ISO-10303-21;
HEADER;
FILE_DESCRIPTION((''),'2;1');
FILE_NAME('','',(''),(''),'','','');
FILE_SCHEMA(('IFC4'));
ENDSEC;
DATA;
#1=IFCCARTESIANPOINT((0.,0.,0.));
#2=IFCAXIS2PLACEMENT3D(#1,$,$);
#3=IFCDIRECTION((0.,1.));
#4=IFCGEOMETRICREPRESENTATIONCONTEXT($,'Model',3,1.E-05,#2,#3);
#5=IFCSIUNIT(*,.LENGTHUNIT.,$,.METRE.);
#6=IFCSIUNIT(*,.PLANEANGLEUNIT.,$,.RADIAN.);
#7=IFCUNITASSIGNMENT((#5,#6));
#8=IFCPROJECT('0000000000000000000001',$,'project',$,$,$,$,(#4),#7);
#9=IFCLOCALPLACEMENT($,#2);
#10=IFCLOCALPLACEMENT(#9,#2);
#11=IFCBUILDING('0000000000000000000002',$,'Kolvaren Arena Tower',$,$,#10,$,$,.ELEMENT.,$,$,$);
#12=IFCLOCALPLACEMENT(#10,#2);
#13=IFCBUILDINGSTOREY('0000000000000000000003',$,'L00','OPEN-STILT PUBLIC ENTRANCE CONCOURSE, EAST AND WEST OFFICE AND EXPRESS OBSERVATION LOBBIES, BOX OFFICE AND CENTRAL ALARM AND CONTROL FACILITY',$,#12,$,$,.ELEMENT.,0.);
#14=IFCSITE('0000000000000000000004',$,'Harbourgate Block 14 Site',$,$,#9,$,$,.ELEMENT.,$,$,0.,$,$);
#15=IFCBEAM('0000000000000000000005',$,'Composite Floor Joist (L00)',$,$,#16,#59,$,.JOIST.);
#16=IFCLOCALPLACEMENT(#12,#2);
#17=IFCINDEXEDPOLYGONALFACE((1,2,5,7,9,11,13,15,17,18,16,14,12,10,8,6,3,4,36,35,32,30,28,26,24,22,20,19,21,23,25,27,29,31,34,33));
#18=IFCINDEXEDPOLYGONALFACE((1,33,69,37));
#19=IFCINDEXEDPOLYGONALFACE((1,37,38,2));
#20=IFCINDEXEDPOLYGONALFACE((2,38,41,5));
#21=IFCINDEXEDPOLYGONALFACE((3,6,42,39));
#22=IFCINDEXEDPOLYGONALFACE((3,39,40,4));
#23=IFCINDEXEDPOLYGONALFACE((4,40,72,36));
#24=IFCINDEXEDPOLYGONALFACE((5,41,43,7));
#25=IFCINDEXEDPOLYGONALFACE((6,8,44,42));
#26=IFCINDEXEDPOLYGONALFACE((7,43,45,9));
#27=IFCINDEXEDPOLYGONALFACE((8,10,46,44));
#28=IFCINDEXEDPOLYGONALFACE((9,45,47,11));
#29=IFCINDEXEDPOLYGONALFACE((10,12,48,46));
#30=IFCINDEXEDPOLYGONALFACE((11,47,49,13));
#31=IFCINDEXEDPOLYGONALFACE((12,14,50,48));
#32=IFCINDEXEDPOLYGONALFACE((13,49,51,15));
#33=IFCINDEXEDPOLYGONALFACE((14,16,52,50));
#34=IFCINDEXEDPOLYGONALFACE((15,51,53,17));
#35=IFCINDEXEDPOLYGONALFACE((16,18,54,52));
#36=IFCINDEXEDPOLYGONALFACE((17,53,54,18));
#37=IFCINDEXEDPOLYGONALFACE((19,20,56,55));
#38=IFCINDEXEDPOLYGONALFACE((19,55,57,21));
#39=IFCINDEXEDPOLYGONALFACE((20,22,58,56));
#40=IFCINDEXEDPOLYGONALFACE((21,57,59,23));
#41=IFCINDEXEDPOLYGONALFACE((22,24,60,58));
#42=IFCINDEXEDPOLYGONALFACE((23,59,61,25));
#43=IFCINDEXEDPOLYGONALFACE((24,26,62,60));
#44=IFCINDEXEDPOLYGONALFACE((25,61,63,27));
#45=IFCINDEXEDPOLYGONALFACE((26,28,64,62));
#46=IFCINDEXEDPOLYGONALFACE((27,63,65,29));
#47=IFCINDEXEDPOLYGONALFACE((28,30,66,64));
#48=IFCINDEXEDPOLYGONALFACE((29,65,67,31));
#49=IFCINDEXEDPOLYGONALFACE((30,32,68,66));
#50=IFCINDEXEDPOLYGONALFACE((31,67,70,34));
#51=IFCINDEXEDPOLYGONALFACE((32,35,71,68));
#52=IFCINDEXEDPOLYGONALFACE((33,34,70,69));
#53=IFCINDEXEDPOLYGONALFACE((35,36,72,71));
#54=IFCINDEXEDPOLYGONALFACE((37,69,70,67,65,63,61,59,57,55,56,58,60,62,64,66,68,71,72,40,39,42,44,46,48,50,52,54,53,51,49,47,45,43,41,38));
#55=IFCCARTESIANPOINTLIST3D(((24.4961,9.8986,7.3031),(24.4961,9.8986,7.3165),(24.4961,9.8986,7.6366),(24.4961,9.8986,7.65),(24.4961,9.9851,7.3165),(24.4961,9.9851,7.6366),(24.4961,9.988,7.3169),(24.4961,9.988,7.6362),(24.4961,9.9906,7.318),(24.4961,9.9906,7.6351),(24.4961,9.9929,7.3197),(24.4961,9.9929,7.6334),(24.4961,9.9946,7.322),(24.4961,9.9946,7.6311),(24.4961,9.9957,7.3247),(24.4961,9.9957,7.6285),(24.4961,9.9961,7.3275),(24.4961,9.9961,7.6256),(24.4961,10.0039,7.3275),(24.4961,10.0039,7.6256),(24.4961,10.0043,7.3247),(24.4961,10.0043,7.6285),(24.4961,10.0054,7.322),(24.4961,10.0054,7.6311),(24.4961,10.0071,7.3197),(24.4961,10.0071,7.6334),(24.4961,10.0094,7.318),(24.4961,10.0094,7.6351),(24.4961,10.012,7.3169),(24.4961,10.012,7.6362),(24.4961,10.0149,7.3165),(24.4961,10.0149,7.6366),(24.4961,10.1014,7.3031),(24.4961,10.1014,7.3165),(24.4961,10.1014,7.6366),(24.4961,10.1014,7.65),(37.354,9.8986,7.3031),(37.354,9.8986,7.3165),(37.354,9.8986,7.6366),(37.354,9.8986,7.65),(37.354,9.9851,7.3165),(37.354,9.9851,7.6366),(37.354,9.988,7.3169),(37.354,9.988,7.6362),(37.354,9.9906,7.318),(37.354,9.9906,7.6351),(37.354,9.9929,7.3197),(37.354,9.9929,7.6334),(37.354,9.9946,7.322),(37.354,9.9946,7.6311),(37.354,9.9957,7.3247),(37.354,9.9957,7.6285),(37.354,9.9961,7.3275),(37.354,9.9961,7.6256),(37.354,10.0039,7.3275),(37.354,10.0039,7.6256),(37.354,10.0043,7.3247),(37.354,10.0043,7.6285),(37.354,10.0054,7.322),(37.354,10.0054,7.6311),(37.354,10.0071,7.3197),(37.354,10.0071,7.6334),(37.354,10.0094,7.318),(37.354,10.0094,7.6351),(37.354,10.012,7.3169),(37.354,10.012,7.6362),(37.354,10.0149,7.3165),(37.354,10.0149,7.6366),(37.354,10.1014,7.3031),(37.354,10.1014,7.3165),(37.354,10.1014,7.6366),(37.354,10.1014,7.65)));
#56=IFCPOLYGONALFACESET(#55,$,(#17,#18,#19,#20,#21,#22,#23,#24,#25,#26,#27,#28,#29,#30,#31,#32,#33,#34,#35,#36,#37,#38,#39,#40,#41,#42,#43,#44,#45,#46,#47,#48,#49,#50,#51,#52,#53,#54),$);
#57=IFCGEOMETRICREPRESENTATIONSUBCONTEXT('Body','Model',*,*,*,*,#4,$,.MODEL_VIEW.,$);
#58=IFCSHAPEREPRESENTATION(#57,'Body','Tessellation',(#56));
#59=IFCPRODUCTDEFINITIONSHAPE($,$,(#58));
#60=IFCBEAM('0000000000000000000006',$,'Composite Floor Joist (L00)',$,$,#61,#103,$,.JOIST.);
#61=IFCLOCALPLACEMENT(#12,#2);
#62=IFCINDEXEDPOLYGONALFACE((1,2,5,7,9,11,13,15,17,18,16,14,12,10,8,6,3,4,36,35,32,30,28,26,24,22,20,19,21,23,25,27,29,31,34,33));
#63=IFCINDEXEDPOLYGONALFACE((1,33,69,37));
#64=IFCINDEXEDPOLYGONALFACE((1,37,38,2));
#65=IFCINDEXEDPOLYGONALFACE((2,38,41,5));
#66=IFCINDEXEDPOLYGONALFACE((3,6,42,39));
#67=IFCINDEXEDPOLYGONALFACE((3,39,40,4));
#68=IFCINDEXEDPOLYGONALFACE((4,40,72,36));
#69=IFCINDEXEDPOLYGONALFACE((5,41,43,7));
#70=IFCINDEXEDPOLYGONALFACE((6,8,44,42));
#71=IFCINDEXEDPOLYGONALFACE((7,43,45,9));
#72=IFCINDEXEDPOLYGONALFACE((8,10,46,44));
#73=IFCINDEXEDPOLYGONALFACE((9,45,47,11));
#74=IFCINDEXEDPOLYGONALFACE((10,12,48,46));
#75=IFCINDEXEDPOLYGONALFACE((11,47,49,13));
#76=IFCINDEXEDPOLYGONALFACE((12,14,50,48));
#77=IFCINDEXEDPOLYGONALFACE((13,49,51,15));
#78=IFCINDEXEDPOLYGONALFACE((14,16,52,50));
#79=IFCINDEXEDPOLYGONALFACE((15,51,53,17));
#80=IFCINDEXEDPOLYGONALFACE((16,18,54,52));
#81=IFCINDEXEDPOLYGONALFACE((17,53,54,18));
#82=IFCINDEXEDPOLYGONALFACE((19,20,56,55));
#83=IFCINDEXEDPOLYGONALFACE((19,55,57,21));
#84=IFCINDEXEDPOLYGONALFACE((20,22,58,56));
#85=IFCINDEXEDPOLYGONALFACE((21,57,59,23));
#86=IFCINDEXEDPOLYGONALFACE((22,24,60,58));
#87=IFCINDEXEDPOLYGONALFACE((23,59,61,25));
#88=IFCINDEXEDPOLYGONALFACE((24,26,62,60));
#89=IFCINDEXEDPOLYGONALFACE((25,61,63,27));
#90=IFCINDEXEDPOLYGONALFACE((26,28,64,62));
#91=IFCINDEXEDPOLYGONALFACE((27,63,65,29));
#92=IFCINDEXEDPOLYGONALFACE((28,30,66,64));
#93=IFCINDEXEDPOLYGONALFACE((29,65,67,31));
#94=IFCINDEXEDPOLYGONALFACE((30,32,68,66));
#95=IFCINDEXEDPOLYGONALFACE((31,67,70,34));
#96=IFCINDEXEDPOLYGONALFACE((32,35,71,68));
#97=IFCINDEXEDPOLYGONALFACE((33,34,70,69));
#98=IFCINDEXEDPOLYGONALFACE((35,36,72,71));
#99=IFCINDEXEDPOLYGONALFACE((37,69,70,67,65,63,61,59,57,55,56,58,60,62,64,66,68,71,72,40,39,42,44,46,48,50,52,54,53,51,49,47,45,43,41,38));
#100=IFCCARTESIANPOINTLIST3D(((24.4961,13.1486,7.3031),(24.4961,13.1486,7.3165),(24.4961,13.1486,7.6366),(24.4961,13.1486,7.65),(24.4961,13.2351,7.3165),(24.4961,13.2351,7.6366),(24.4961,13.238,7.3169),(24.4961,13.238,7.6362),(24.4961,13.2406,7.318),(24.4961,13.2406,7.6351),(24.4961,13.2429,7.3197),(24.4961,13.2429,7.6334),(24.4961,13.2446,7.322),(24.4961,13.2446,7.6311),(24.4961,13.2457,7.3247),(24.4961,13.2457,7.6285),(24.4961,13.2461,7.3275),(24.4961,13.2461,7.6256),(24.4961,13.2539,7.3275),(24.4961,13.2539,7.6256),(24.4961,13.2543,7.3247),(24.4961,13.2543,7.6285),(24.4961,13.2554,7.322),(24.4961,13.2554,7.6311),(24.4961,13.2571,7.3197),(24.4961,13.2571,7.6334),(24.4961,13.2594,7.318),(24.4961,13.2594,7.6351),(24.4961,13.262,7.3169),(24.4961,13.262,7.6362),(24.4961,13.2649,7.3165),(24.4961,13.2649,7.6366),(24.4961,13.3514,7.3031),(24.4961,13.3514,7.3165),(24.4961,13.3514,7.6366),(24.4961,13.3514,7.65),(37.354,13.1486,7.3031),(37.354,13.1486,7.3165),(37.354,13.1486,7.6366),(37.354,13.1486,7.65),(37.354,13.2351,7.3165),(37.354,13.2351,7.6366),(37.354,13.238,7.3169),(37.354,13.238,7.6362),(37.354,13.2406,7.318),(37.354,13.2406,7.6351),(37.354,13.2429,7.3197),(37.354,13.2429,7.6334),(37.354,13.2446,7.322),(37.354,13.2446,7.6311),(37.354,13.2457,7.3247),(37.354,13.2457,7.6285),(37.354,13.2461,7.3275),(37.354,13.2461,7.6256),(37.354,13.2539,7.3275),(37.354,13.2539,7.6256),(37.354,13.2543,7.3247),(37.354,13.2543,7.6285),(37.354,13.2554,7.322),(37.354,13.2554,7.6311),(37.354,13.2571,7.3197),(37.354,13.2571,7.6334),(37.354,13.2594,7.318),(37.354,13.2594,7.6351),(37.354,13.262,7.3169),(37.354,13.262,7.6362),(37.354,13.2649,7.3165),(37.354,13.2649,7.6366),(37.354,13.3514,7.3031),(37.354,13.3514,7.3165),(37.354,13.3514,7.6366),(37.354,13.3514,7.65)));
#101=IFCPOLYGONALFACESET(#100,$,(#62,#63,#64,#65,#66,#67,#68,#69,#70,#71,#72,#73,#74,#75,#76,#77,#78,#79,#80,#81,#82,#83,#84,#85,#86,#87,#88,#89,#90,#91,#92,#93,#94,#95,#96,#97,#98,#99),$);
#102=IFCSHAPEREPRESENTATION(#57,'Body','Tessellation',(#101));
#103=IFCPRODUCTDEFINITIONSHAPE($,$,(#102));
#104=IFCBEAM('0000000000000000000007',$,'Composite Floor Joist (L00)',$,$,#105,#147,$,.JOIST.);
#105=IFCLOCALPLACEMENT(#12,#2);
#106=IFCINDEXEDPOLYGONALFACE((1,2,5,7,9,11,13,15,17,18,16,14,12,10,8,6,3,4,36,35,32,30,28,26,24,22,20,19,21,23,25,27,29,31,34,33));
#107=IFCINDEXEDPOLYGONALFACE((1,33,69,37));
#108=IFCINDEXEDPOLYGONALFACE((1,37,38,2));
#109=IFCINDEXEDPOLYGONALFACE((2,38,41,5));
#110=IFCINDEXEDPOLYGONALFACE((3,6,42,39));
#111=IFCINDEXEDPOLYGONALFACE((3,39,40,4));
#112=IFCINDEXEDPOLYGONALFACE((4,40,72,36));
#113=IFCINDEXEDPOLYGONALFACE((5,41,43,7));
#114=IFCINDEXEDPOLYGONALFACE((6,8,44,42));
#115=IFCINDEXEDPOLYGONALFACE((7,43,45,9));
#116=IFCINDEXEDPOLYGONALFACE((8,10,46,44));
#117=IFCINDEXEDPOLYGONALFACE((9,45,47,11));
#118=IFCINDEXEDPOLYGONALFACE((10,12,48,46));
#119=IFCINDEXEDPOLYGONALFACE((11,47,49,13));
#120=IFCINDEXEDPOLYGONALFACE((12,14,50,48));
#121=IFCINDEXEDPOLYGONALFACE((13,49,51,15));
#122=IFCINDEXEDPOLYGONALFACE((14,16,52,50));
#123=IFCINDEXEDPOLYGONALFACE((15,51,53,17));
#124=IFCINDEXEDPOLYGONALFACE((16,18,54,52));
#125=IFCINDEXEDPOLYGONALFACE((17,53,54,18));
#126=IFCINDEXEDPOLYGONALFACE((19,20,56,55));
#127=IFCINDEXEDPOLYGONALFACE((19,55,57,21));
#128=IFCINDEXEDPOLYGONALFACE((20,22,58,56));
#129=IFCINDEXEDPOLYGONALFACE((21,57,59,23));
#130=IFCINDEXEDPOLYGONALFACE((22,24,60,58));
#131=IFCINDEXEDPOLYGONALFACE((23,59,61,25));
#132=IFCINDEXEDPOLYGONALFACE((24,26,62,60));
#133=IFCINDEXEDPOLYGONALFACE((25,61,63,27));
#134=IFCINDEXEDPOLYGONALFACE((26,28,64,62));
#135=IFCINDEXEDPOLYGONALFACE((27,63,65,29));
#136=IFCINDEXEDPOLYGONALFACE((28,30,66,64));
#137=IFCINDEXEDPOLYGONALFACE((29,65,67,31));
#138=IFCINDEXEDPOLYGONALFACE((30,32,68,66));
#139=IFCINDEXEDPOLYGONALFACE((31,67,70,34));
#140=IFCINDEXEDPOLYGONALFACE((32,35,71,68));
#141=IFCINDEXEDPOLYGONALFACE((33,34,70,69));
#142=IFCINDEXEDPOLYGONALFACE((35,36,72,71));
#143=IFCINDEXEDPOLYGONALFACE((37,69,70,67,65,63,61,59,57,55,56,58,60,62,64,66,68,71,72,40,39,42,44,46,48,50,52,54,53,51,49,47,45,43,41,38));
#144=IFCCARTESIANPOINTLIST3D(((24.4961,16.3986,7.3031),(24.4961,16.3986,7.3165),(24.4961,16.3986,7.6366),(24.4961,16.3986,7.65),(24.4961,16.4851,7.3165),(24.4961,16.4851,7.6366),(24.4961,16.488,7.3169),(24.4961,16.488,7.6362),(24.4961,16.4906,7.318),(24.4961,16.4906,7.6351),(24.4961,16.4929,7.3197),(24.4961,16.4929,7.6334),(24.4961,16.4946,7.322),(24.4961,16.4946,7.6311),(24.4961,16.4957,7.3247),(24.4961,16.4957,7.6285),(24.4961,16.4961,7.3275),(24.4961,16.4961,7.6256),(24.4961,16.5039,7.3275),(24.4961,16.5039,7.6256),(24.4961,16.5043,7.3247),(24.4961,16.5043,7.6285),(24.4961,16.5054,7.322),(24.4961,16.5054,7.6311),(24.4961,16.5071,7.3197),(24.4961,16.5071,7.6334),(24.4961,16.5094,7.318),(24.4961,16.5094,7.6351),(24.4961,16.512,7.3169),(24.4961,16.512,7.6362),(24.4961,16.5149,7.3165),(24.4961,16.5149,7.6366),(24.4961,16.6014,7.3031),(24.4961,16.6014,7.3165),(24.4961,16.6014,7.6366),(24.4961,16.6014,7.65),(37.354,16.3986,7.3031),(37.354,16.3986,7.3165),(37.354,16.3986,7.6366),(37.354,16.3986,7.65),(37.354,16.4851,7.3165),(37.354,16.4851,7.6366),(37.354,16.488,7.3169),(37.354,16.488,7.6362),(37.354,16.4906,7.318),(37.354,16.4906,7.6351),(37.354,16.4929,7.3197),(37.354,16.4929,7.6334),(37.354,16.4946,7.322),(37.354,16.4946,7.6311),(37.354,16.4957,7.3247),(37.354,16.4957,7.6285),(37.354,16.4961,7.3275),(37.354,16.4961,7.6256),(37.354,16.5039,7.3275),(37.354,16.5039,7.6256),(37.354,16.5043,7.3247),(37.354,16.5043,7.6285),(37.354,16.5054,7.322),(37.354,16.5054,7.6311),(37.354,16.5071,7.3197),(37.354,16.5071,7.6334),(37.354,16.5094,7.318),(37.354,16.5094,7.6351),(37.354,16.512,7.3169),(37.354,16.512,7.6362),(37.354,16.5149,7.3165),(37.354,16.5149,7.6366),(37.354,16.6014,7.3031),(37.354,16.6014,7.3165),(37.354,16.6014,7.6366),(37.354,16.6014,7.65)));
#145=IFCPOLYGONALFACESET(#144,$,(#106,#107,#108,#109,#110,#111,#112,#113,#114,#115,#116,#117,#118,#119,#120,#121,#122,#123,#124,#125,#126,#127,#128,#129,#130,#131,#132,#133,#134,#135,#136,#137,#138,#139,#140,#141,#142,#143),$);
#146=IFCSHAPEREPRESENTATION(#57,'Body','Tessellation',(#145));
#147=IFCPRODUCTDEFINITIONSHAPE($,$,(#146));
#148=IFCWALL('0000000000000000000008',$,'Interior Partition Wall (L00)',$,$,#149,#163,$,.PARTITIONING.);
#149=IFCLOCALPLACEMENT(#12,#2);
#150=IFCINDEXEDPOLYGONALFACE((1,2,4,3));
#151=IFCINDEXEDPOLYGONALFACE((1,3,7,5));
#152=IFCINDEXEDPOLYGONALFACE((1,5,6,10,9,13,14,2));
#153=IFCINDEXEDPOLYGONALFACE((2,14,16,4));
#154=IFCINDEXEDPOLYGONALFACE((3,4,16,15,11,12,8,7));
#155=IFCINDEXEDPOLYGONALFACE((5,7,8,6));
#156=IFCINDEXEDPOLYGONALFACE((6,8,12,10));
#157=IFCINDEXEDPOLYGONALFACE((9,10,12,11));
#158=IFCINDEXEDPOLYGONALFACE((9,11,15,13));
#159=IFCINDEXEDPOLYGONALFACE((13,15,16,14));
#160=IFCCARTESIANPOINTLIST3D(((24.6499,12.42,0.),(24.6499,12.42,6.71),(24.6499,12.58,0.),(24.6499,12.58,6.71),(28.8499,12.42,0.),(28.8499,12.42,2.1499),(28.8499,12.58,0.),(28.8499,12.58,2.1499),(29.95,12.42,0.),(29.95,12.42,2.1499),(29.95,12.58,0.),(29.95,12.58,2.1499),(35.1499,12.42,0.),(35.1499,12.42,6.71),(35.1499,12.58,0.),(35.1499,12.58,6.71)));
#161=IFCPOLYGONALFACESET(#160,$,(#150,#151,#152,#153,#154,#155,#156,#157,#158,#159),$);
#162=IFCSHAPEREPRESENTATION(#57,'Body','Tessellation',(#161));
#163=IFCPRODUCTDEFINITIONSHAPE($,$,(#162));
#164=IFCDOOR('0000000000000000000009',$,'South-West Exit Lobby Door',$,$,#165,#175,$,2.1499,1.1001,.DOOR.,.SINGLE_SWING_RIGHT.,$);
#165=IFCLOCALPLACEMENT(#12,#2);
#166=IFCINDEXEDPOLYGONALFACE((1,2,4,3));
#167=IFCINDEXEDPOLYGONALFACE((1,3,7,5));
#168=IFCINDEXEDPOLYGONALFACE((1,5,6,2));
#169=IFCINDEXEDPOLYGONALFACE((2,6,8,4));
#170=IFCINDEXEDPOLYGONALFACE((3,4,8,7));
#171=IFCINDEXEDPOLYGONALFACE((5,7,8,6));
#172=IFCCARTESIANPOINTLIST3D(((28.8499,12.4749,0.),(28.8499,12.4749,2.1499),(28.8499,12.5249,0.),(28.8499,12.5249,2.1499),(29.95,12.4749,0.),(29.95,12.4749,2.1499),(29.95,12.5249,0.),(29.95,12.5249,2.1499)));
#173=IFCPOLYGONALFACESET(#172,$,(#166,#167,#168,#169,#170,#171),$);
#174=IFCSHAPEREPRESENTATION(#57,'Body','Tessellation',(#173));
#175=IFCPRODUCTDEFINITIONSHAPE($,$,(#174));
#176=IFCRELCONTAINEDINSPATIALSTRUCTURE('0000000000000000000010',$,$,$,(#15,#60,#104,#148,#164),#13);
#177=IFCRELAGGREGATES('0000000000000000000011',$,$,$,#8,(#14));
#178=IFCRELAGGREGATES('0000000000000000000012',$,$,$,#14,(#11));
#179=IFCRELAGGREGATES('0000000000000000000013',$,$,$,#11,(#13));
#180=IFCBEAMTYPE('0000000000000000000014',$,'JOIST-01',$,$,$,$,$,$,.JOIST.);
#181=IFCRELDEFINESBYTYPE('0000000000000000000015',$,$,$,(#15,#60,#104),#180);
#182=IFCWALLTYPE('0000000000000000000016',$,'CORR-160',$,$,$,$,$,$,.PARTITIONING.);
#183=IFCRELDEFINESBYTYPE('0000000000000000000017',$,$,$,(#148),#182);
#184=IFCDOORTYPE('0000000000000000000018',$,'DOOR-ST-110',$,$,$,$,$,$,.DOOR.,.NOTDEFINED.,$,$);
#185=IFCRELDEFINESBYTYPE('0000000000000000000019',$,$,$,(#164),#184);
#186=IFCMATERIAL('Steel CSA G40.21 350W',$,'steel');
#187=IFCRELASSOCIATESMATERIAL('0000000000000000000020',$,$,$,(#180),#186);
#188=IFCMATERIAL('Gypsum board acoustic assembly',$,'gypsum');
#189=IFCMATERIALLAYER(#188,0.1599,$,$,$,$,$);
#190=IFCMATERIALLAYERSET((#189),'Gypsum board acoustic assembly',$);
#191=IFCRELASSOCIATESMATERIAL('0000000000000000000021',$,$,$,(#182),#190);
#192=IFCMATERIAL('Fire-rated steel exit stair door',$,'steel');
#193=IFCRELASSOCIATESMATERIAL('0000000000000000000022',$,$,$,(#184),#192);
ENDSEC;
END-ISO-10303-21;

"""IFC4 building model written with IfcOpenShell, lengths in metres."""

from ifc_helpers import new_model, si_unit, direction, frame, frame_2d, origin, origin_2d, place, context, subcontext, project, spatial, rectangle, i_section, extrude, material, layer, layer_set, material_profile, profile_set, type_object, element, fill, save


model = new_model("IFC4")

# Units and contexts
model_context = context("Model", 3, precision=1e-05, world=origin(), true_north=direction((0.0, 1.0)))
body_context = subcontext(model_context, "Body", "Model", "MODEL_VIEW")
ifc_project = project(units=[si_unit("LENGTHUNIT", "METRE"), si_unit("PLANEANGLEUNIT", "RADIAN")], contexts=[model_context])

# Site, building, storey
site_placement = place(None, origin())
site = spatial("IfcSite", under=ifc_project, at=site_placement, Name="Harbourgate Block 14 Site", CompositionType="ELEMENT", RefElevation=0.0)
building_placement = place(site_placement, origin())
building = spatial("IfcBuilding", under=site, at=building_placement, Name="Kolvaren Arena Tower", CompositionType="ELEMENT")
storey_placement = place(building_placement, origin())
storey = spatial("IfcBuildingStorey", under=building, at=storey_placement, Name="L00", Description="OPEN-STILT PUBLIC ENTRANCE CONCOURSE, EAST AND WEST OFFICE AND EXPRESS OBSERVATION LOBBIES, BOX OFFICE AND CENTRAL ALARM AND CONTROL FACILITY", CompositionType="ELEMENT", Elevation=0.0)

# Beams
ifc_material_1 = material(Name="Steel CSA G40.21 350W", Category="steel")
ifc_material_profile_1 = material_profile(ifc_material_1, i_section(OverallWidth=0.2029, OverallDepth=0.3469, WebThickness=0.0078, FlangeThickness=0.0134, FilletRadius=0.011, at=origin_2d()), Name="W360x64")
ifc_profile_set_1 = profile_set([ifc_material_profile_1], Name="Steel CSA G40.21 350W")
beam_type_1 = type_object("IfcBeamType", Name="JOIST-01", PredefinedType="JOIST", material=ifc_profile_set_1)
for number, where, z_axis, x_axis, name in (
    (1, (24.4961, 10.0, 7.4766), (1.0, 0.0, 0.0), (0.0, 1.0, 0.0), "Composite Floor Joist (L00)"),
    (2, (24.4961, 13.25, 7.4766), (1.0, 0.0, 0.0), (0.0, 1.0, 0.0), "Composite Floor Joist (L00)"),
    (3, (24.4961, 16.5, 7.4766), (1.0, 0.0, 0.0), (0.0, 1.0, 0.0), "Composite Floor Joist (L00)"),
):
    element("IfcBeam", number, at=place(storey_placement, frame(where, z_axis=z_axis, x_axis=x_axis)), inside=storey, type_object=beam_type_1, Name=name, PredefinedType="JOIST", context=body_context, shape_type="SweptSolid", body=[
        extrude(i_section(OverallWidth=0.2029, OverallDepth=0.3469, WebThickness=0.0078, FlangeThickness=0.0134, FilletRadius=0.011, at=origin_2d()), origin(), (0.0, 0.0, 1.0), 12.8579),
    ])

# Wall, opening, door
ifc_material_2 = material(Name="Gypsum board acoustic assembly", Category="gypsum")
ifc_layer_1 = layer(ifc_material_2, 0.1599)
ifc_layer_set_1 = layer_set([ifc_layer_1], Name="Gypsum board acoustic assembly")
wall_type_1 = type_object("IfcWallType", Name="CORR-160", PredefinedType="PARTITIONING", material=ifc_layer_set_1)
wall_1_placement = place(storey_placement, frame((24.6499, 12.5, 0.0), z_axis=(0.0, 0.0, 1.0), x_axis=(1.0, 0.0, 0.0)))
wall_1 = element("IfcWall", 4, at=wall_1_placement, inside=storey, type_object=wall_type_1, Name="Interior Partition Wall (L00)", PredefinedType="PARTITIONING", context=body_context, shape_type="SweptSolid", body=[
    extrude(rectangle(XDim=10.5, YDim=0.1599, at=frame_2d((5.25, 0.0))), origin(), (0.0, 0.0, 1.0), 6.71),
])
opening_1_placement = place(wall_1_placement, frame((4.2, 0.0, 0.0)))
opening_1 = element("IfcOpeningElement", 5, at=opening_1_placement, cuts=wall_1, PredefinedType="OPENING", context=body_context, shape_type="SweptSolid", body=[
    extrude(rectangle(XDim=1.1001, YDim=2.1499, at=frame_2d((0.55, 1.075))), frame((0.0, 0.0898, 0.0), z_axis=(0.0, -1.0, 0.0), x_axis=(1.0, 0.0, 0.0)), (0.0, 0.0, 1.0), 0.1799),
])
ifc_material_3 = material(Name="Fire-rated steel exit stair door", Category="steel")
door_type_1 = type_object("IfcDoorType", Name="DOOR-ST-110", OperationType="NOTDEFINED", PredefinedType="DOOR", material=ifc_material_3)
door_1_placement = place(opening_1_placement, origin())
door_1 = element("IfcDoor", 6, at=door_1_placement, inside=storey, type_object=door_type_1, Name="South-West Exit Lobby Door", OperationType="SINGLE_SWING_RIGHT", OverallHeight=2.1499, OverallWidth=1.1001, PredefinedType="DOOR", context=body_context, shape_type="SweptSolid", body=[
    extrude(rectangle(XDim=1.1001, YDim=2.1499, at=frame_2d((0.55, 1.075))), frame((0.0, 0.0249, 0.0), z_axis=(0.0, -1.0, 0.0), x_axis=(1.0, 0.0, 0.0)), (0.0, 0.0, 1.0), 0.05),
])
fill(opening_1, door_1)

save(model, "model.ifc")
